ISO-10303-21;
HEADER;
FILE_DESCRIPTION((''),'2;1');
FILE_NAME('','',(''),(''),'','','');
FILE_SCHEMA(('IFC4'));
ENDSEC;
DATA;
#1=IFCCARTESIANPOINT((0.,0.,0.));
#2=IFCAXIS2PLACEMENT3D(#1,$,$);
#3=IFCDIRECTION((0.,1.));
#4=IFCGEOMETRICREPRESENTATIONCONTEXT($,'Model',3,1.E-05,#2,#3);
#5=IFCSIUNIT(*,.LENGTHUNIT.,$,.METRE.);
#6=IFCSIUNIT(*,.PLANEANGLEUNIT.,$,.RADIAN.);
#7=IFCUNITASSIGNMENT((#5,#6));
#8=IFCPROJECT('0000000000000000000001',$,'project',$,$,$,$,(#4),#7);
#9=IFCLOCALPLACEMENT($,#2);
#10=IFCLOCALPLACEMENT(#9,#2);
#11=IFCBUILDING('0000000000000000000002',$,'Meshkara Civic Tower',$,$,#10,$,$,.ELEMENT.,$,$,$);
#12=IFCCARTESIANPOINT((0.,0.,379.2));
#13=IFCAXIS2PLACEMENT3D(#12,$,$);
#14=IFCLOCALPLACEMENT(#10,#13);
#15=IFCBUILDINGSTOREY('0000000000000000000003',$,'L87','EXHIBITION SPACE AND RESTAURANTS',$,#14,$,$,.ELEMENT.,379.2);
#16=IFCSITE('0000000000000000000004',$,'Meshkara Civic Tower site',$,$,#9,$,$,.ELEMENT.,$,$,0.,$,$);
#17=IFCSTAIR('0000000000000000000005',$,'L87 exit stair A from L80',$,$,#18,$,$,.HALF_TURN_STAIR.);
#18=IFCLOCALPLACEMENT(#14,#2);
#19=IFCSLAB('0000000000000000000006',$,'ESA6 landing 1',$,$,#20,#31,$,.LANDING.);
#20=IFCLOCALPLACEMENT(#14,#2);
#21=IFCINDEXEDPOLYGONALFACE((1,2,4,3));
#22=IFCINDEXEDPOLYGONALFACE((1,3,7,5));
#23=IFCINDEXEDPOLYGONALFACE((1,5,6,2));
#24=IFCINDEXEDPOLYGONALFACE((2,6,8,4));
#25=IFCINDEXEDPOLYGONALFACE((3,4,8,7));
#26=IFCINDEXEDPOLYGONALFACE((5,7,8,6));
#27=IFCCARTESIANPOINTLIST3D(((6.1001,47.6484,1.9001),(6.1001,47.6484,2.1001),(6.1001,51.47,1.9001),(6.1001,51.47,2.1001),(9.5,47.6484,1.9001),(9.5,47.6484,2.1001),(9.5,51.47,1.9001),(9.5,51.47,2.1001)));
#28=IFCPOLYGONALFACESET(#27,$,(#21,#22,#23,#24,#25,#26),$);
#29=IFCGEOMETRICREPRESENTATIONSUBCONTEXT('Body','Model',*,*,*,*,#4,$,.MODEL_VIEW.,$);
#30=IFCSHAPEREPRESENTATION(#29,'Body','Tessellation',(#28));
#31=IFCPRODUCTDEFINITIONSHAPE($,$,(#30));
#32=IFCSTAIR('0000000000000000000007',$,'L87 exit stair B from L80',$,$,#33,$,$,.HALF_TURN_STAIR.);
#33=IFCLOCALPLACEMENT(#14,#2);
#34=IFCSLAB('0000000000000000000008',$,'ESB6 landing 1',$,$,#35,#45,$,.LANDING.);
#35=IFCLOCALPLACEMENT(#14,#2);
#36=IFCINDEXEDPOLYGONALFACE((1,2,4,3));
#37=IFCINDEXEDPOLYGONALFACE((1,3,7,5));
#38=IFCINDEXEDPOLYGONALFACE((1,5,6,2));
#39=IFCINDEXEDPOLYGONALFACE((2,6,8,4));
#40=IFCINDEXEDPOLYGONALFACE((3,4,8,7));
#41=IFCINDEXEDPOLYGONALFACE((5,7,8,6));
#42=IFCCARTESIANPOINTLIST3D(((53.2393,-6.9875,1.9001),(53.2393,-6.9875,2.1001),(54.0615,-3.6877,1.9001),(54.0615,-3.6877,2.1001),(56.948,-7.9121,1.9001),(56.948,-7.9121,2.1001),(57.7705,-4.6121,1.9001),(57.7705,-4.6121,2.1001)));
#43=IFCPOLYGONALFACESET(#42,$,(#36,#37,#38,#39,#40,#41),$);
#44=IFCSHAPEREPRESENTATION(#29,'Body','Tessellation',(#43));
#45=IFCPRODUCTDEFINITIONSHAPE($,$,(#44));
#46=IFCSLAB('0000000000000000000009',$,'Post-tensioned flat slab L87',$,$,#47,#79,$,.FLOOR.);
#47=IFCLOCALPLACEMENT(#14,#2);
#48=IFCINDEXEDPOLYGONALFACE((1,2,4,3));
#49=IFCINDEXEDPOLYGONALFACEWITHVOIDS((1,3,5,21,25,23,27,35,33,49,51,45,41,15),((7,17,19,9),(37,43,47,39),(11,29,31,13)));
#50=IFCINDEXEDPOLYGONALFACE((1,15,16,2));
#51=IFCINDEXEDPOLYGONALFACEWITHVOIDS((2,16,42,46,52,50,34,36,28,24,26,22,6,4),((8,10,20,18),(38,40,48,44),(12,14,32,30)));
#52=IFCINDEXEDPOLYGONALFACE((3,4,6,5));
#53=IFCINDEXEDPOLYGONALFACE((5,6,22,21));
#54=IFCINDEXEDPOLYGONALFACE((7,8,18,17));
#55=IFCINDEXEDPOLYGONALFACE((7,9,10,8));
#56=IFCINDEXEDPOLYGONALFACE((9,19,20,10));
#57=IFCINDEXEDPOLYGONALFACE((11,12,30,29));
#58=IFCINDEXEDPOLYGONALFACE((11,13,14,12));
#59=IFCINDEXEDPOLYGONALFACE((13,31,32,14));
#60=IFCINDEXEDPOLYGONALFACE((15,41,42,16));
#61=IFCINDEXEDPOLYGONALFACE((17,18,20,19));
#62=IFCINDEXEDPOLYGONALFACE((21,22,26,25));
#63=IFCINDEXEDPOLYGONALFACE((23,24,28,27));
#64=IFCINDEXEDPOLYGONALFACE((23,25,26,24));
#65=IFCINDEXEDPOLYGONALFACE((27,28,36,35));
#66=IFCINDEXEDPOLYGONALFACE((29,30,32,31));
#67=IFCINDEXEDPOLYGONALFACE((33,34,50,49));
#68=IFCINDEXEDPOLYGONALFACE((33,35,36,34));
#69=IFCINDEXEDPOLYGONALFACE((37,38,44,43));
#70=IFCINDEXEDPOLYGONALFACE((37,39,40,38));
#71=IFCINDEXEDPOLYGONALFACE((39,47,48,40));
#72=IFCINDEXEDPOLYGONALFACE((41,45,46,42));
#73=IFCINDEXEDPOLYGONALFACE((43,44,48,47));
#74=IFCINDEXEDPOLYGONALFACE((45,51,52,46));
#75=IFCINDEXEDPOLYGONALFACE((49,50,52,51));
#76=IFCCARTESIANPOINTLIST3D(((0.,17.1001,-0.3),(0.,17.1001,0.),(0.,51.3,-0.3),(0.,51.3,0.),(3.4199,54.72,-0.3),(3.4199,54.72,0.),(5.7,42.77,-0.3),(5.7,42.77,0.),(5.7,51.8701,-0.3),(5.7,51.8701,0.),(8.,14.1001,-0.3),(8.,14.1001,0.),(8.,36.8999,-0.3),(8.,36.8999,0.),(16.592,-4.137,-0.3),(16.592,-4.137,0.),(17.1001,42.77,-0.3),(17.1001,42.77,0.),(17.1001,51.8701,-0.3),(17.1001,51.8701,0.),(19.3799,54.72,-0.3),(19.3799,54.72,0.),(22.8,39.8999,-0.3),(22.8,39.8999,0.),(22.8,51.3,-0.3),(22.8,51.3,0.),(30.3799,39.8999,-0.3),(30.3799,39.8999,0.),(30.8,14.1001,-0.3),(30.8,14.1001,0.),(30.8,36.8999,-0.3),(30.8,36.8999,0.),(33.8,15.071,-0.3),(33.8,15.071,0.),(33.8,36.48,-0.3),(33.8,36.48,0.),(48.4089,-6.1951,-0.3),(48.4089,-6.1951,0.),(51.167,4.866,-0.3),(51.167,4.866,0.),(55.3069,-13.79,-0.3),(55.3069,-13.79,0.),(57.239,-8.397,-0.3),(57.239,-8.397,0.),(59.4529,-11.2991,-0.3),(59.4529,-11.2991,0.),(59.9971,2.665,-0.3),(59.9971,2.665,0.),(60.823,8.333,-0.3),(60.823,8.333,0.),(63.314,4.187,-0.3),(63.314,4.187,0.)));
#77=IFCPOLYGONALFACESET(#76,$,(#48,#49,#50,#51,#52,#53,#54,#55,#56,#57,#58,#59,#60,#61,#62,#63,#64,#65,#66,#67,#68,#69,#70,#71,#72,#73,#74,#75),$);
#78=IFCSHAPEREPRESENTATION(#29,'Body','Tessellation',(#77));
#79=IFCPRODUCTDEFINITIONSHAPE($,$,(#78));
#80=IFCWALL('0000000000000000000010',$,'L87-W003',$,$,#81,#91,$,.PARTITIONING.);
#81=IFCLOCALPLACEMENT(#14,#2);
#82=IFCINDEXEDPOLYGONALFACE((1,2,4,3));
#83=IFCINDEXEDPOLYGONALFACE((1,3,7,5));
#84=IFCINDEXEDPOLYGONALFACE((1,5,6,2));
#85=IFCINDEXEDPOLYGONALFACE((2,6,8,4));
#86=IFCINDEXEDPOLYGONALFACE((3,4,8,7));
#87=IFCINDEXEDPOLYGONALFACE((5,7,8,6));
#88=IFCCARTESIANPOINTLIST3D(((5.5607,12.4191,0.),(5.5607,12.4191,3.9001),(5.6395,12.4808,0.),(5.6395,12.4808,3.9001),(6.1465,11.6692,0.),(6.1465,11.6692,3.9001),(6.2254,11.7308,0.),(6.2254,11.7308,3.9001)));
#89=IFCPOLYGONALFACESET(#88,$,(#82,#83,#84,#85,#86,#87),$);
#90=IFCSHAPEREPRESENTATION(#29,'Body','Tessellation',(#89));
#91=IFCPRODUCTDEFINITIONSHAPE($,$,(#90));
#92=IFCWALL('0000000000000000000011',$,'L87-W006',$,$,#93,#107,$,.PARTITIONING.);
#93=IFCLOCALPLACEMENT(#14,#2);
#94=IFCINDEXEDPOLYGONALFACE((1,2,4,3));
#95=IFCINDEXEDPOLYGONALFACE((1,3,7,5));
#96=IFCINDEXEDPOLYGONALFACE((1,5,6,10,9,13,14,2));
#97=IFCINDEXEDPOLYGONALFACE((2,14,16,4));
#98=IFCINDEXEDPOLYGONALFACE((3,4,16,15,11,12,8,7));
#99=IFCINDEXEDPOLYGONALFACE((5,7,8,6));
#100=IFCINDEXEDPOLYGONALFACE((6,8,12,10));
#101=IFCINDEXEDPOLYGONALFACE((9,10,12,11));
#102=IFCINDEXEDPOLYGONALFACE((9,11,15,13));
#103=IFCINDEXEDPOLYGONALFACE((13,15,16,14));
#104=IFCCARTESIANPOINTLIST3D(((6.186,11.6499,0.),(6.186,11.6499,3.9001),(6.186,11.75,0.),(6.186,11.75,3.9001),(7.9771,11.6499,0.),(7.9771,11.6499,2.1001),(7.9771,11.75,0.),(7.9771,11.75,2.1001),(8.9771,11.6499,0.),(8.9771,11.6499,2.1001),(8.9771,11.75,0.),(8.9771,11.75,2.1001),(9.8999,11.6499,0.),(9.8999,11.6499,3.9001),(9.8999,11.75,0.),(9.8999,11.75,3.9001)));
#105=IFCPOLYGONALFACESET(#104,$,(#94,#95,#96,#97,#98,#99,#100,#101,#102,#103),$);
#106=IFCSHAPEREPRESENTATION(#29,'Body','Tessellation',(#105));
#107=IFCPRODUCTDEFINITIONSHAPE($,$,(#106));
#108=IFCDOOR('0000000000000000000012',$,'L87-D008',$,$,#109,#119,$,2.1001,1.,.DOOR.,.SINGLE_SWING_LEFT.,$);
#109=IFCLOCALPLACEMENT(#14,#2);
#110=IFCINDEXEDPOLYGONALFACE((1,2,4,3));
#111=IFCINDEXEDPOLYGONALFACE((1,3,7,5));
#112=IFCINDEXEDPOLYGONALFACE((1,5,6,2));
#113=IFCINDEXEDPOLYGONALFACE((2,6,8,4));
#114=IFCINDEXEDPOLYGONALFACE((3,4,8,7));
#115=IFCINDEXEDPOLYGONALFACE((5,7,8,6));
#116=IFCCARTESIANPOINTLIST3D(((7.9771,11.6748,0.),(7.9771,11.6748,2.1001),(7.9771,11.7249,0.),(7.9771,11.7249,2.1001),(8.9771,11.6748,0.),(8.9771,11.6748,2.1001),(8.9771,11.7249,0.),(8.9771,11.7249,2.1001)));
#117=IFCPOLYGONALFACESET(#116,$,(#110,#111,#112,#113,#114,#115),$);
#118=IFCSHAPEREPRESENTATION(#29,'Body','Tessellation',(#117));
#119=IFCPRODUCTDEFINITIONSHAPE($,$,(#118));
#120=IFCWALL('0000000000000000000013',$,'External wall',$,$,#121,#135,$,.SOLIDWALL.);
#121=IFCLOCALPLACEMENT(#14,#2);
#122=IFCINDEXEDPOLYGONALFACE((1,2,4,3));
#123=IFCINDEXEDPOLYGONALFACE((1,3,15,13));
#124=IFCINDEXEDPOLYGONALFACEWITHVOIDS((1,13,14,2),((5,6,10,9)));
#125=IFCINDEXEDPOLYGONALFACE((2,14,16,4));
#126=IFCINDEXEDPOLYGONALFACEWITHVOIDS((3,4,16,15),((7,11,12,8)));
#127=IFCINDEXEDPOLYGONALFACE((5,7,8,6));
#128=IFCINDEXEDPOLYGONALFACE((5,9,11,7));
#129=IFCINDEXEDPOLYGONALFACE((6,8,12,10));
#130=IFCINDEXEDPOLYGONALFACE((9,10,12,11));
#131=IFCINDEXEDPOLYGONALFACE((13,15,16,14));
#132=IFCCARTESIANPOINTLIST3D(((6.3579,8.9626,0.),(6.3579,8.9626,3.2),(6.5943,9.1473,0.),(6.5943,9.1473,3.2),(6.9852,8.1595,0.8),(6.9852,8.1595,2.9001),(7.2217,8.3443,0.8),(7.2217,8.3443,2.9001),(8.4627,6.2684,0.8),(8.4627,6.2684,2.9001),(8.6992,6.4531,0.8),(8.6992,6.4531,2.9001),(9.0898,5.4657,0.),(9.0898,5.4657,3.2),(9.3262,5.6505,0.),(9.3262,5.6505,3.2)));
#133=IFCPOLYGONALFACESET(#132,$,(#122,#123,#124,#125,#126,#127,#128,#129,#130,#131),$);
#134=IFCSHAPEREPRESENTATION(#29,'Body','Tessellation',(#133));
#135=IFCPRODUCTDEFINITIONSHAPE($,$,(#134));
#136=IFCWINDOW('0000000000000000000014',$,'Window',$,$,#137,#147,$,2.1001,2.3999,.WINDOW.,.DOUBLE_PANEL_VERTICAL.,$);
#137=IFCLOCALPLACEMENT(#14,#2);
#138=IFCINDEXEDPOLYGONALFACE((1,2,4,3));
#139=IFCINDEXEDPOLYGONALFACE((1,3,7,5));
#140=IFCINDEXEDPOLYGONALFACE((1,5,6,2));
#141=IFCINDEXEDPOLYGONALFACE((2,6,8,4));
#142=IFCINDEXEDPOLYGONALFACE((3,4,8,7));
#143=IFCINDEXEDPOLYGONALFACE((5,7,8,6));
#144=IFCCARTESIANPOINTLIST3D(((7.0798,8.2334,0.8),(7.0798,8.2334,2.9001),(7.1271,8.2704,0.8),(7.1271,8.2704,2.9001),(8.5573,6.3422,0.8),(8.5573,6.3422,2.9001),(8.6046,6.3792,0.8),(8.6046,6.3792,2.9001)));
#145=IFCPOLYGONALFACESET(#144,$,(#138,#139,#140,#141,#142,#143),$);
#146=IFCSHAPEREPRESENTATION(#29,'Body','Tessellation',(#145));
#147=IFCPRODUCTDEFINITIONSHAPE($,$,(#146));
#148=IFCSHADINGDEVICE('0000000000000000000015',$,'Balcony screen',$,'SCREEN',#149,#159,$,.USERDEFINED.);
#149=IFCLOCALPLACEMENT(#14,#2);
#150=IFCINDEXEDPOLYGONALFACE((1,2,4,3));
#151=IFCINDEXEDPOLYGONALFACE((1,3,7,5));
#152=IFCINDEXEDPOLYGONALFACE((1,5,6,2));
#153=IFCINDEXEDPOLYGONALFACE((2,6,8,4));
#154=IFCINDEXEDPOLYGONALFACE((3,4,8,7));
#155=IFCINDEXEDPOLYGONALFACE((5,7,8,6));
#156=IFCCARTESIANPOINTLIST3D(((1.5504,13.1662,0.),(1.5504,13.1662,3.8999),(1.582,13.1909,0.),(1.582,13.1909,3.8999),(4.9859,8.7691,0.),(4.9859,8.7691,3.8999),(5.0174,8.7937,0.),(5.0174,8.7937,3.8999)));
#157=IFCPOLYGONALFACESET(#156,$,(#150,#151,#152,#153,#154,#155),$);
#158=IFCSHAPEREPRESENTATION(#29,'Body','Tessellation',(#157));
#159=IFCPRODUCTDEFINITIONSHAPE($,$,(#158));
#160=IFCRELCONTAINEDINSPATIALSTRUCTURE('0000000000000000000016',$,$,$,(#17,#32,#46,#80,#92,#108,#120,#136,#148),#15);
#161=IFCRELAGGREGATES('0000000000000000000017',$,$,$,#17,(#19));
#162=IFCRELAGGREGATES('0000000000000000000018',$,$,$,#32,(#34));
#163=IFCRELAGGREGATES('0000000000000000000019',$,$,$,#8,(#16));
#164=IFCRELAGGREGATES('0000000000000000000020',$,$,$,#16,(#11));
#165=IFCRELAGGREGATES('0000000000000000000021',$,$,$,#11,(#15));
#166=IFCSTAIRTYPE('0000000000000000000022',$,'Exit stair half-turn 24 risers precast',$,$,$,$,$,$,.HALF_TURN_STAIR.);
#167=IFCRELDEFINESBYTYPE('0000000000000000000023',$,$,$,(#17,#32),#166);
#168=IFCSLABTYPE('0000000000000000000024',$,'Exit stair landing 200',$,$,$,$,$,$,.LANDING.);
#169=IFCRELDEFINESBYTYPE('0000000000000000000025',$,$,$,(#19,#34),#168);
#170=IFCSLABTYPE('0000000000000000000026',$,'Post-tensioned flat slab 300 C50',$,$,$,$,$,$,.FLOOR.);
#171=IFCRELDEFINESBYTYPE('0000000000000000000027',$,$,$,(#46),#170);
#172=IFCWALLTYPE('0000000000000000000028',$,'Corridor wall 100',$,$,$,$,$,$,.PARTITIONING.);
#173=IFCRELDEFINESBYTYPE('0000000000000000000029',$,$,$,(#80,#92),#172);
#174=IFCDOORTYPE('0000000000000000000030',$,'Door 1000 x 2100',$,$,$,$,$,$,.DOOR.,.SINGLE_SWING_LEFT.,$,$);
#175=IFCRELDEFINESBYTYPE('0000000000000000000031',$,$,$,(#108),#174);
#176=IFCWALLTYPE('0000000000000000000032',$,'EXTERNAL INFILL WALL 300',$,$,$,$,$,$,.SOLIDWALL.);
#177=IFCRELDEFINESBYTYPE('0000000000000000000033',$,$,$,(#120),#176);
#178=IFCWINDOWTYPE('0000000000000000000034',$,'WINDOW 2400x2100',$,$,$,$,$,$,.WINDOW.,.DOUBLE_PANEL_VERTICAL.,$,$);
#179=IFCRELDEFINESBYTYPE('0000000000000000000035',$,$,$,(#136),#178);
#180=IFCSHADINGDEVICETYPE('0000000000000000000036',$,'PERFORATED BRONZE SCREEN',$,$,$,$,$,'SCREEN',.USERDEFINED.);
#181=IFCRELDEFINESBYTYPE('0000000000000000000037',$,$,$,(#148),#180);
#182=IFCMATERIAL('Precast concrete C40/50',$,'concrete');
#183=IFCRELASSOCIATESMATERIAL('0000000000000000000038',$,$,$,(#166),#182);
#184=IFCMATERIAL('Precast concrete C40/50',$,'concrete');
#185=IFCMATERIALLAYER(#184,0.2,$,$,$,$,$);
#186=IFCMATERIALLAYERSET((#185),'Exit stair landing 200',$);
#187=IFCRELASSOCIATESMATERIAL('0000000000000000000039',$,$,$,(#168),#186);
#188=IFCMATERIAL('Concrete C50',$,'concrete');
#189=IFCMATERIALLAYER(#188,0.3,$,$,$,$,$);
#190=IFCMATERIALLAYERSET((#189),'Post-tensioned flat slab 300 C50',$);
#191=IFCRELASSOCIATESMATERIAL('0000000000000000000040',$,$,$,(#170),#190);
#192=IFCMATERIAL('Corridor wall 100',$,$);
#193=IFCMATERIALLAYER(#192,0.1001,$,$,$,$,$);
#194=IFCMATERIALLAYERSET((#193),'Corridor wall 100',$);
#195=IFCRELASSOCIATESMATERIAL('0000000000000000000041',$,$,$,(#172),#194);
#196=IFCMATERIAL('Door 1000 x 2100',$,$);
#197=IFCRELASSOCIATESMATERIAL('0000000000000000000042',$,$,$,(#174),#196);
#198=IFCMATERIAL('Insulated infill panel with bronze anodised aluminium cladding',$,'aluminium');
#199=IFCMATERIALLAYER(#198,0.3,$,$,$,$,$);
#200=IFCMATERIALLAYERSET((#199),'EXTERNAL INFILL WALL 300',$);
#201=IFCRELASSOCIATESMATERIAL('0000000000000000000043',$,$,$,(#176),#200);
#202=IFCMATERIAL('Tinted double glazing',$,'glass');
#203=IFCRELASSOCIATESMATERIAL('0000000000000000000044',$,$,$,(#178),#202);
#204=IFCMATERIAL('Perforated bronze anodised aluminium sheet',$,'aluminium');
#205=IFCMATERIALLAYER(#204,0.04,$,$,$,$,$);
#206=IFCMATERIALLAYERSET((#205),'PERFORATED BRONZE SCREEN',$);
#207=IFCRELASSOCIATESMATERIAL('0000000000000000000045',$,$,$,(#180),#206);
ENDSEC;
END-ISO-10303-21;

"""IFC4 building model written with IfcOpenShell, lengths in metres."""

from ifc_helpers import new_model, si_unit, direction, frame, frame_2d, origin, origin_2d, place, context, subcontext, project, spatial, polyline, rectangle, outline, extrude, material, layer, layer_set, type_object, element, fill, aggregate, save


model = new_model("IFC4")

# Units and contexts
model_context = context("Model", 3, precision=1e-05, world=origin(), true_north=direction((0.0, 1.0)))
body_context = subcontext(model_context, "Body", "Model", "MODEL_VIEW")
ifc_project = project(units=[si_unit("LENGTHUNIT", "METRE"), si_unit("PLANEANGLEUNIT", "RADIAN")], contexts=[model_context])

# Site, building, storey
site_placement = place(None, origin())
site = spatial("IfcSite", under=ifc_project, at=site_placement, Name="Meshkara Civic Tower site", CompositionType="ELEMENT", RefElevation=0.0)
building_placement = place(site_placement, origin())
building = spatial("IfcBuilding", under=site, at=building_placement, Name="Meshkara Civic Tower", CompositionType="ELEMENT")
storey_placement = place(building_placement, frame((0.0, 0.0, 379.2)))
storey = spatial("IfcBuildingStorey", under=building, at=storey_placement, Name="L87", Description="EXHIBITION SPACE AND RESTAURANTS", CompositionType="ELEMENT", Elevation=379.2)

# Stairs, slabs
ifc_material_1 = material(Name="Precast concrete C40/50", Category="concrete")
stair_type = type_object("IfcStairType", Name="Exit stair half-turn 24 risers precast", PredefinedType="HALF_TURN_STAIR", material=ifc_material_1)
ifc_material_2 = material(Name="Precast concrete C40/50", Category="concrete")
ifc_layer_1 = layer(ifc_material_2, 0.2)
ifc_layer_set_1 = layer_set([ifc_layer_1], Name="Exit stair landing 200")
slab_type_1 = type_object("IfcSlabType", Name="Exit stair landing 200", PredefinedType="LANDING", material=ifc_layer_set_1)
stair_1_placement = place(storey_placement, origin())
stair_1 = element("IfcStair", 1, at=stair_1_placement, inside=storey, type_object=stair_type, Name="L87 exit stair A from L80", PredefinedType="HALF_TURN_STAIR")
slab_1_placement = place(storey_placement, frame((0.0, 0.0, 1.9001)))
slab_1 = element("IfcSlab", 2, at=slab_1_placement, type_object=slab_type_1, Name="ESA6 landing 1", PredefinedType="LANDING", context=body_context, shape_type="SweptSolid", body=[
    extrude(outline(polyline([(9.5, 47.6484), (9.5, 51.47), (6.1001, 51.47), (6.1001, 47.6484), (9.5, 47.6484)])), origin(), (0.0, 0.0, 1.0), 0.2),
])
aggregate(stair_1, [slab_1])
stair_2_placement = place(storey_placement, origin())
stair_2 = element("IfcStair", 3, at=stair_2_placement, inside=storey, type_object=stair_type, Name="L87 exit stair B from L80", PredefinedType="HALF_TURN_STAIR")
slab_2_placement = place(storey_placement, frame((0.0, 0.0, 1.9001)))
slab_2 = element("IfcSlab", 4, at=slab_2_placement, type_object=slab_type_1, Name="ESB6 landing 1", PredefinedType="LANDING", context=body_context, shape_type="SweptSolid", body=[
    extrude(outline(polyline([(53.2393, -6.9875), (56.948, -7.9121), (57.7705, -4.6121), (54.0615, -3.6877), (53.2393, -6.9875)])), origin(), (0.0, 0.0, 1.0), 0.2),
])
aggregate(stair_2, [slab_2])

# Slab
ifc_material_3 = material(Name="Concrete C50", Category="concrete")
ifc_layer_2 = layer(ifc_material_3, 0.3)
ifc_layer_set_2 = layer_set([ifc_layer_2], Name="Post-tensioned flat slab 300 C50")
slab_type_2 = type_object("IfcSlabType", Name="Post-tensioned flat slab 300 C50", PredefinedType="FLOOR", material=ifc_layer_set_2)
slab_3_placement = place(storey_placement, frame((0.0, 0.0, -0.3)))
element("IfcSlab", 5, at=slab_3_placement, inside=storey, type_object=slab_type_2, Name="Post-tensioned flat slab L87", PredefinedType="FLOOR", context=body_context, shape_type="SweptSolid", body=[
    extrude(outline(polyline([(59.4529, -11.2991), (55.3069, -13.79), (16.592, -4.137), (0.0, 17.1001), (0.0, 51.3), (3.4199, 54.72), (19.3799, 54.72), (22.8, 51.3), (22.8, 39.8999), (30.3799, 39.8999), (33.8, 36.48), (33.8, 15.071), (60.823, 8.333), (63.314, 4.187), (59.4529, -11.2991)]), holes=[polyline([(57.239, -8.397), (59.9971, 2.665), (51.167, 4.866), (48.4089, -6.1951), (57.239, -8.397)]), polyline([(8.0, 14.1001), (30.8, 14.1001), (30.8, 36.8999), (8.0, 36.8999), (8.0, 14.1001)]), polyline([(5.7, 51.8701), (5.7, 42.77), (17.1001, 42.77), (17.1001, 51.8701), (5.7, 51.8701)])]), origin(), (0.0, 0.0, 1.0), 0.3),
])

# Wall
ifc_material_4 = material(Name="Corridor wall 100")
ifc_layer_3 = layer(ifc_material_4, 0.1001)
ifc_layer_set_3 = layer_set([ifc_layer_3], Name="Corridor wall 100")
wall_type_1 = type_object("IfcWallType", Name="Corridor wall 100", PredefinedType="PARTITIONING", material=ifc_layer_set_3)
wall_1_placement = place(storey_placement, frame((5.6001, 12.45, 0.0), z_axis=(0.0, 0.0, 1.0), x_axis=(0.615644, -0.788024, 0.0)))
element("IfcWall", 6, at=wall_1_placement, inside=storey, type_object=wall_type_1, Name="L87-W003", PredefinedType="PARTITIONING", context=body_context, shape_type="SweptSolid", body=[
    extrude(rectangle(XDim=0.9517, YDim=0.1001, at=frame_2d((0.4758, 0.0))), origin(), (0.0, 0.0, 1.0), 3.9001),
])

# Wall, opening, door
wall_2_placement = place(storey_placement, frame((6.186, 11.7, 0.0), z_axis=(0.0, 0.0, 1.0), x_axis=(1.0, 0.0, 0.0)))
wall_2 = element("IfcWall", 7, at=wall_2_placement, inside=storey, type_object=wall_type_1, Name="L87-W006", PredefinedType="PARTITIONING", context=body_context, shape_type="SweptSolid", body=[
    extrude(rectangle(XDim=3.7139, YDim=0.1001, at=frame_2d((1.8569, 0.0))), origin(), (0.0, 0.0, 1.0), 3.9001),
])
opening_1_placement = place(wall_2_placement, frame((1.791, 0.0, 0.0)))
opening_1 = element("IfcOpeningElement", 8, at=opening_1_placement, cuts=wall_2, PredefinedType="OPENING", context=body_context, shape_type="SweptSolid", body=[
    extrude(rectangle(XDim=1.0, YDim=2.1001, at=frame_2d((0.5, 1.05))), frame((0.0, 0.0601, 0.0), z_axis=(0.0, -1.0, 0.0), x_axis=(1.0, 0.0, 0.0)), (0.0, 0.0, 1.0), 0.1201),
])
ifc_material_5 = material(Name="Door 1000 x 2100")
door_type = type_object("IfcDoorType", Name="Door 1000 x 2100", OperationType="SINGLE_SWING_LEFT", PredefinedType="DOOR", material=ifc_material_5)
door_placement = place(opening_1_placement, origin())
door = element("IfcDoor", 9, at=door_placement, inside=storey, type_object=door_type, Name="L87-D008", OperationType="SINGLE_SWING_LEFT", OverallHeight=2.1001, OverallWidth=1.0, PredefinedType="DOOR", context=body_context, shape_type="SweptSolid", body=[
    extrude(rectangle(XDim=1.0, YDim=2.1001, at=frame_2d((0.5, 1.05))), frame((0.0, 0.0249, 0.0), z_axis=(0.0, -1.0, 0.0), x_axis=(1.0, 0.0, 0.0)), (0.0, 0.0, 1.0), 0.05),
])
fill(opening_1, door)

# Wall, opening, window
ifc_material_6 = material(Name="Insulated infill panel with bronze anodised aluminium cladding", Category="aluminium")
ifc_layer_4 = layer(ifc_material_6, 0.3)
ifc_layer_set_4 = layer_set([ifc_layer_4], Name="EXTERNAL INFILL WALL 300")
wall_type_2 = type_object("IfcWallType", Name="EXTERNAL INFILL WALL 300", PredefinedType="SOLIDWALL", material=ifc_layer_set_4)
wall_3_placement = place(storey_placement, frame((6.4761, 9.0549, 0.0), z_axis=(0.0, 0.0, 1.0), x_axis=(0.615649, -0.78802, 0.0)))
wall_3 = element("IfcWall", 10, at=wall_3_placement, inside=storey, type_object=wall_type_2, Name="External wall", PredefinedType="SOLIDWALL", context=body_context, shape_type="SweptSolid", body=[
    extrude(rectangle(XDim=4.4375, YDim=0.3, at=frame_2d((2.2188, 0.0))), origin(), (0.0, 0.0, 1.0), 3.2),
])
opening_2_placement = place(wall_3_placement, frame((1.019, 0.0, 0.8)))
opening_2 = element("IfcOpeningElement", 11, at=opening_2_placement, cuts=wall_3, PredefinedType="OPENING", context=body_context, shape_type="SweptSolid", body=[
    extrude(rectangle(XDim=2.3999, YDim=2.1001, at=frame_2d((1.2, 1.05))), frame((0.0, 0.1599, 0.0), z_axis=(0.0, -1.0, 0.0), x_axis=(1.0, 0.0, 0.0)), (0.0, 0.0, 1.0), 0.3201),
])
ifc_material_7 = material(Name="Tinted double glazing", Category="glass")
window_type = type_object("IfcWindowType", Name="WINDOW 2400x2100", PartitioningType="DOUBLE_PANEL_VERTICAL", PredefinedType="WINDOW", material=ifc_material_7)
window_placement = place(opening_2_placement, origin())
window = element("IfcWindow", 12, at=window_placement, inside=storey, type_object=window_type, Name="Window", OverallHeight=2.1001, OverallWidth=2.3999, PartitioningType="DOUBLE_PANEL_VERTICAL", PredefinedType="WINDOW", context=body_context, shape_type="SweptSolid", body=[
    extrude(rectangle(XDim=2.3999, YDim=2.1001, at=frame_2d((1.2, 1.05))), frame((0.0, 0.03, 0.0), z_axis=(0.0, -1.0, 0.0), x_axis=(1.0, 0.0, 0.0)), (0.0, 0.0, 1.0), 0.0601),
])
fill(opening_2, window)

# Shading device
ifc_material_8 = material(Name="Perforated bronze anodised aluminium sheet", Category="aluminium")
ifc_layer_5 = layer(ifc_material_8, 0.04)
ifc_layer_set_5 = layer_set([ifc_layer_5], Name="PERFORATED BRONZE SCREEN")
shading_device_type = type_object("IfcShadingDeviceType", Name="PERFORATED BRONZE SCREEN", ElementType="SCREEN", PredefinedType="USERDEFINED", material=ifc_layer_set_5)
shading_device_placement = place(storey_placement, frame((3.2839, 10.98, 0.0), z_axis=(0.0, 0.0, 1.0), x_axis=(0.615661, -0.788011, 0.0)))
element("IfcShadingDevice", 13, at=shading_device_placement, inside=storey, type_object=shading_device_type, Name="Balcony screen", ObjectType="SCREEN", PredefinedType="USERDEFINED", context=body_context, shape_type="SweptSolid", body=[
    extrude(rectangle(XDim=5.5801, YDim=0.04, at=origin_2d()), origin(), (0.0, 0.0, 1.0), 3.8999),
])

save(model, "model.ifc")
